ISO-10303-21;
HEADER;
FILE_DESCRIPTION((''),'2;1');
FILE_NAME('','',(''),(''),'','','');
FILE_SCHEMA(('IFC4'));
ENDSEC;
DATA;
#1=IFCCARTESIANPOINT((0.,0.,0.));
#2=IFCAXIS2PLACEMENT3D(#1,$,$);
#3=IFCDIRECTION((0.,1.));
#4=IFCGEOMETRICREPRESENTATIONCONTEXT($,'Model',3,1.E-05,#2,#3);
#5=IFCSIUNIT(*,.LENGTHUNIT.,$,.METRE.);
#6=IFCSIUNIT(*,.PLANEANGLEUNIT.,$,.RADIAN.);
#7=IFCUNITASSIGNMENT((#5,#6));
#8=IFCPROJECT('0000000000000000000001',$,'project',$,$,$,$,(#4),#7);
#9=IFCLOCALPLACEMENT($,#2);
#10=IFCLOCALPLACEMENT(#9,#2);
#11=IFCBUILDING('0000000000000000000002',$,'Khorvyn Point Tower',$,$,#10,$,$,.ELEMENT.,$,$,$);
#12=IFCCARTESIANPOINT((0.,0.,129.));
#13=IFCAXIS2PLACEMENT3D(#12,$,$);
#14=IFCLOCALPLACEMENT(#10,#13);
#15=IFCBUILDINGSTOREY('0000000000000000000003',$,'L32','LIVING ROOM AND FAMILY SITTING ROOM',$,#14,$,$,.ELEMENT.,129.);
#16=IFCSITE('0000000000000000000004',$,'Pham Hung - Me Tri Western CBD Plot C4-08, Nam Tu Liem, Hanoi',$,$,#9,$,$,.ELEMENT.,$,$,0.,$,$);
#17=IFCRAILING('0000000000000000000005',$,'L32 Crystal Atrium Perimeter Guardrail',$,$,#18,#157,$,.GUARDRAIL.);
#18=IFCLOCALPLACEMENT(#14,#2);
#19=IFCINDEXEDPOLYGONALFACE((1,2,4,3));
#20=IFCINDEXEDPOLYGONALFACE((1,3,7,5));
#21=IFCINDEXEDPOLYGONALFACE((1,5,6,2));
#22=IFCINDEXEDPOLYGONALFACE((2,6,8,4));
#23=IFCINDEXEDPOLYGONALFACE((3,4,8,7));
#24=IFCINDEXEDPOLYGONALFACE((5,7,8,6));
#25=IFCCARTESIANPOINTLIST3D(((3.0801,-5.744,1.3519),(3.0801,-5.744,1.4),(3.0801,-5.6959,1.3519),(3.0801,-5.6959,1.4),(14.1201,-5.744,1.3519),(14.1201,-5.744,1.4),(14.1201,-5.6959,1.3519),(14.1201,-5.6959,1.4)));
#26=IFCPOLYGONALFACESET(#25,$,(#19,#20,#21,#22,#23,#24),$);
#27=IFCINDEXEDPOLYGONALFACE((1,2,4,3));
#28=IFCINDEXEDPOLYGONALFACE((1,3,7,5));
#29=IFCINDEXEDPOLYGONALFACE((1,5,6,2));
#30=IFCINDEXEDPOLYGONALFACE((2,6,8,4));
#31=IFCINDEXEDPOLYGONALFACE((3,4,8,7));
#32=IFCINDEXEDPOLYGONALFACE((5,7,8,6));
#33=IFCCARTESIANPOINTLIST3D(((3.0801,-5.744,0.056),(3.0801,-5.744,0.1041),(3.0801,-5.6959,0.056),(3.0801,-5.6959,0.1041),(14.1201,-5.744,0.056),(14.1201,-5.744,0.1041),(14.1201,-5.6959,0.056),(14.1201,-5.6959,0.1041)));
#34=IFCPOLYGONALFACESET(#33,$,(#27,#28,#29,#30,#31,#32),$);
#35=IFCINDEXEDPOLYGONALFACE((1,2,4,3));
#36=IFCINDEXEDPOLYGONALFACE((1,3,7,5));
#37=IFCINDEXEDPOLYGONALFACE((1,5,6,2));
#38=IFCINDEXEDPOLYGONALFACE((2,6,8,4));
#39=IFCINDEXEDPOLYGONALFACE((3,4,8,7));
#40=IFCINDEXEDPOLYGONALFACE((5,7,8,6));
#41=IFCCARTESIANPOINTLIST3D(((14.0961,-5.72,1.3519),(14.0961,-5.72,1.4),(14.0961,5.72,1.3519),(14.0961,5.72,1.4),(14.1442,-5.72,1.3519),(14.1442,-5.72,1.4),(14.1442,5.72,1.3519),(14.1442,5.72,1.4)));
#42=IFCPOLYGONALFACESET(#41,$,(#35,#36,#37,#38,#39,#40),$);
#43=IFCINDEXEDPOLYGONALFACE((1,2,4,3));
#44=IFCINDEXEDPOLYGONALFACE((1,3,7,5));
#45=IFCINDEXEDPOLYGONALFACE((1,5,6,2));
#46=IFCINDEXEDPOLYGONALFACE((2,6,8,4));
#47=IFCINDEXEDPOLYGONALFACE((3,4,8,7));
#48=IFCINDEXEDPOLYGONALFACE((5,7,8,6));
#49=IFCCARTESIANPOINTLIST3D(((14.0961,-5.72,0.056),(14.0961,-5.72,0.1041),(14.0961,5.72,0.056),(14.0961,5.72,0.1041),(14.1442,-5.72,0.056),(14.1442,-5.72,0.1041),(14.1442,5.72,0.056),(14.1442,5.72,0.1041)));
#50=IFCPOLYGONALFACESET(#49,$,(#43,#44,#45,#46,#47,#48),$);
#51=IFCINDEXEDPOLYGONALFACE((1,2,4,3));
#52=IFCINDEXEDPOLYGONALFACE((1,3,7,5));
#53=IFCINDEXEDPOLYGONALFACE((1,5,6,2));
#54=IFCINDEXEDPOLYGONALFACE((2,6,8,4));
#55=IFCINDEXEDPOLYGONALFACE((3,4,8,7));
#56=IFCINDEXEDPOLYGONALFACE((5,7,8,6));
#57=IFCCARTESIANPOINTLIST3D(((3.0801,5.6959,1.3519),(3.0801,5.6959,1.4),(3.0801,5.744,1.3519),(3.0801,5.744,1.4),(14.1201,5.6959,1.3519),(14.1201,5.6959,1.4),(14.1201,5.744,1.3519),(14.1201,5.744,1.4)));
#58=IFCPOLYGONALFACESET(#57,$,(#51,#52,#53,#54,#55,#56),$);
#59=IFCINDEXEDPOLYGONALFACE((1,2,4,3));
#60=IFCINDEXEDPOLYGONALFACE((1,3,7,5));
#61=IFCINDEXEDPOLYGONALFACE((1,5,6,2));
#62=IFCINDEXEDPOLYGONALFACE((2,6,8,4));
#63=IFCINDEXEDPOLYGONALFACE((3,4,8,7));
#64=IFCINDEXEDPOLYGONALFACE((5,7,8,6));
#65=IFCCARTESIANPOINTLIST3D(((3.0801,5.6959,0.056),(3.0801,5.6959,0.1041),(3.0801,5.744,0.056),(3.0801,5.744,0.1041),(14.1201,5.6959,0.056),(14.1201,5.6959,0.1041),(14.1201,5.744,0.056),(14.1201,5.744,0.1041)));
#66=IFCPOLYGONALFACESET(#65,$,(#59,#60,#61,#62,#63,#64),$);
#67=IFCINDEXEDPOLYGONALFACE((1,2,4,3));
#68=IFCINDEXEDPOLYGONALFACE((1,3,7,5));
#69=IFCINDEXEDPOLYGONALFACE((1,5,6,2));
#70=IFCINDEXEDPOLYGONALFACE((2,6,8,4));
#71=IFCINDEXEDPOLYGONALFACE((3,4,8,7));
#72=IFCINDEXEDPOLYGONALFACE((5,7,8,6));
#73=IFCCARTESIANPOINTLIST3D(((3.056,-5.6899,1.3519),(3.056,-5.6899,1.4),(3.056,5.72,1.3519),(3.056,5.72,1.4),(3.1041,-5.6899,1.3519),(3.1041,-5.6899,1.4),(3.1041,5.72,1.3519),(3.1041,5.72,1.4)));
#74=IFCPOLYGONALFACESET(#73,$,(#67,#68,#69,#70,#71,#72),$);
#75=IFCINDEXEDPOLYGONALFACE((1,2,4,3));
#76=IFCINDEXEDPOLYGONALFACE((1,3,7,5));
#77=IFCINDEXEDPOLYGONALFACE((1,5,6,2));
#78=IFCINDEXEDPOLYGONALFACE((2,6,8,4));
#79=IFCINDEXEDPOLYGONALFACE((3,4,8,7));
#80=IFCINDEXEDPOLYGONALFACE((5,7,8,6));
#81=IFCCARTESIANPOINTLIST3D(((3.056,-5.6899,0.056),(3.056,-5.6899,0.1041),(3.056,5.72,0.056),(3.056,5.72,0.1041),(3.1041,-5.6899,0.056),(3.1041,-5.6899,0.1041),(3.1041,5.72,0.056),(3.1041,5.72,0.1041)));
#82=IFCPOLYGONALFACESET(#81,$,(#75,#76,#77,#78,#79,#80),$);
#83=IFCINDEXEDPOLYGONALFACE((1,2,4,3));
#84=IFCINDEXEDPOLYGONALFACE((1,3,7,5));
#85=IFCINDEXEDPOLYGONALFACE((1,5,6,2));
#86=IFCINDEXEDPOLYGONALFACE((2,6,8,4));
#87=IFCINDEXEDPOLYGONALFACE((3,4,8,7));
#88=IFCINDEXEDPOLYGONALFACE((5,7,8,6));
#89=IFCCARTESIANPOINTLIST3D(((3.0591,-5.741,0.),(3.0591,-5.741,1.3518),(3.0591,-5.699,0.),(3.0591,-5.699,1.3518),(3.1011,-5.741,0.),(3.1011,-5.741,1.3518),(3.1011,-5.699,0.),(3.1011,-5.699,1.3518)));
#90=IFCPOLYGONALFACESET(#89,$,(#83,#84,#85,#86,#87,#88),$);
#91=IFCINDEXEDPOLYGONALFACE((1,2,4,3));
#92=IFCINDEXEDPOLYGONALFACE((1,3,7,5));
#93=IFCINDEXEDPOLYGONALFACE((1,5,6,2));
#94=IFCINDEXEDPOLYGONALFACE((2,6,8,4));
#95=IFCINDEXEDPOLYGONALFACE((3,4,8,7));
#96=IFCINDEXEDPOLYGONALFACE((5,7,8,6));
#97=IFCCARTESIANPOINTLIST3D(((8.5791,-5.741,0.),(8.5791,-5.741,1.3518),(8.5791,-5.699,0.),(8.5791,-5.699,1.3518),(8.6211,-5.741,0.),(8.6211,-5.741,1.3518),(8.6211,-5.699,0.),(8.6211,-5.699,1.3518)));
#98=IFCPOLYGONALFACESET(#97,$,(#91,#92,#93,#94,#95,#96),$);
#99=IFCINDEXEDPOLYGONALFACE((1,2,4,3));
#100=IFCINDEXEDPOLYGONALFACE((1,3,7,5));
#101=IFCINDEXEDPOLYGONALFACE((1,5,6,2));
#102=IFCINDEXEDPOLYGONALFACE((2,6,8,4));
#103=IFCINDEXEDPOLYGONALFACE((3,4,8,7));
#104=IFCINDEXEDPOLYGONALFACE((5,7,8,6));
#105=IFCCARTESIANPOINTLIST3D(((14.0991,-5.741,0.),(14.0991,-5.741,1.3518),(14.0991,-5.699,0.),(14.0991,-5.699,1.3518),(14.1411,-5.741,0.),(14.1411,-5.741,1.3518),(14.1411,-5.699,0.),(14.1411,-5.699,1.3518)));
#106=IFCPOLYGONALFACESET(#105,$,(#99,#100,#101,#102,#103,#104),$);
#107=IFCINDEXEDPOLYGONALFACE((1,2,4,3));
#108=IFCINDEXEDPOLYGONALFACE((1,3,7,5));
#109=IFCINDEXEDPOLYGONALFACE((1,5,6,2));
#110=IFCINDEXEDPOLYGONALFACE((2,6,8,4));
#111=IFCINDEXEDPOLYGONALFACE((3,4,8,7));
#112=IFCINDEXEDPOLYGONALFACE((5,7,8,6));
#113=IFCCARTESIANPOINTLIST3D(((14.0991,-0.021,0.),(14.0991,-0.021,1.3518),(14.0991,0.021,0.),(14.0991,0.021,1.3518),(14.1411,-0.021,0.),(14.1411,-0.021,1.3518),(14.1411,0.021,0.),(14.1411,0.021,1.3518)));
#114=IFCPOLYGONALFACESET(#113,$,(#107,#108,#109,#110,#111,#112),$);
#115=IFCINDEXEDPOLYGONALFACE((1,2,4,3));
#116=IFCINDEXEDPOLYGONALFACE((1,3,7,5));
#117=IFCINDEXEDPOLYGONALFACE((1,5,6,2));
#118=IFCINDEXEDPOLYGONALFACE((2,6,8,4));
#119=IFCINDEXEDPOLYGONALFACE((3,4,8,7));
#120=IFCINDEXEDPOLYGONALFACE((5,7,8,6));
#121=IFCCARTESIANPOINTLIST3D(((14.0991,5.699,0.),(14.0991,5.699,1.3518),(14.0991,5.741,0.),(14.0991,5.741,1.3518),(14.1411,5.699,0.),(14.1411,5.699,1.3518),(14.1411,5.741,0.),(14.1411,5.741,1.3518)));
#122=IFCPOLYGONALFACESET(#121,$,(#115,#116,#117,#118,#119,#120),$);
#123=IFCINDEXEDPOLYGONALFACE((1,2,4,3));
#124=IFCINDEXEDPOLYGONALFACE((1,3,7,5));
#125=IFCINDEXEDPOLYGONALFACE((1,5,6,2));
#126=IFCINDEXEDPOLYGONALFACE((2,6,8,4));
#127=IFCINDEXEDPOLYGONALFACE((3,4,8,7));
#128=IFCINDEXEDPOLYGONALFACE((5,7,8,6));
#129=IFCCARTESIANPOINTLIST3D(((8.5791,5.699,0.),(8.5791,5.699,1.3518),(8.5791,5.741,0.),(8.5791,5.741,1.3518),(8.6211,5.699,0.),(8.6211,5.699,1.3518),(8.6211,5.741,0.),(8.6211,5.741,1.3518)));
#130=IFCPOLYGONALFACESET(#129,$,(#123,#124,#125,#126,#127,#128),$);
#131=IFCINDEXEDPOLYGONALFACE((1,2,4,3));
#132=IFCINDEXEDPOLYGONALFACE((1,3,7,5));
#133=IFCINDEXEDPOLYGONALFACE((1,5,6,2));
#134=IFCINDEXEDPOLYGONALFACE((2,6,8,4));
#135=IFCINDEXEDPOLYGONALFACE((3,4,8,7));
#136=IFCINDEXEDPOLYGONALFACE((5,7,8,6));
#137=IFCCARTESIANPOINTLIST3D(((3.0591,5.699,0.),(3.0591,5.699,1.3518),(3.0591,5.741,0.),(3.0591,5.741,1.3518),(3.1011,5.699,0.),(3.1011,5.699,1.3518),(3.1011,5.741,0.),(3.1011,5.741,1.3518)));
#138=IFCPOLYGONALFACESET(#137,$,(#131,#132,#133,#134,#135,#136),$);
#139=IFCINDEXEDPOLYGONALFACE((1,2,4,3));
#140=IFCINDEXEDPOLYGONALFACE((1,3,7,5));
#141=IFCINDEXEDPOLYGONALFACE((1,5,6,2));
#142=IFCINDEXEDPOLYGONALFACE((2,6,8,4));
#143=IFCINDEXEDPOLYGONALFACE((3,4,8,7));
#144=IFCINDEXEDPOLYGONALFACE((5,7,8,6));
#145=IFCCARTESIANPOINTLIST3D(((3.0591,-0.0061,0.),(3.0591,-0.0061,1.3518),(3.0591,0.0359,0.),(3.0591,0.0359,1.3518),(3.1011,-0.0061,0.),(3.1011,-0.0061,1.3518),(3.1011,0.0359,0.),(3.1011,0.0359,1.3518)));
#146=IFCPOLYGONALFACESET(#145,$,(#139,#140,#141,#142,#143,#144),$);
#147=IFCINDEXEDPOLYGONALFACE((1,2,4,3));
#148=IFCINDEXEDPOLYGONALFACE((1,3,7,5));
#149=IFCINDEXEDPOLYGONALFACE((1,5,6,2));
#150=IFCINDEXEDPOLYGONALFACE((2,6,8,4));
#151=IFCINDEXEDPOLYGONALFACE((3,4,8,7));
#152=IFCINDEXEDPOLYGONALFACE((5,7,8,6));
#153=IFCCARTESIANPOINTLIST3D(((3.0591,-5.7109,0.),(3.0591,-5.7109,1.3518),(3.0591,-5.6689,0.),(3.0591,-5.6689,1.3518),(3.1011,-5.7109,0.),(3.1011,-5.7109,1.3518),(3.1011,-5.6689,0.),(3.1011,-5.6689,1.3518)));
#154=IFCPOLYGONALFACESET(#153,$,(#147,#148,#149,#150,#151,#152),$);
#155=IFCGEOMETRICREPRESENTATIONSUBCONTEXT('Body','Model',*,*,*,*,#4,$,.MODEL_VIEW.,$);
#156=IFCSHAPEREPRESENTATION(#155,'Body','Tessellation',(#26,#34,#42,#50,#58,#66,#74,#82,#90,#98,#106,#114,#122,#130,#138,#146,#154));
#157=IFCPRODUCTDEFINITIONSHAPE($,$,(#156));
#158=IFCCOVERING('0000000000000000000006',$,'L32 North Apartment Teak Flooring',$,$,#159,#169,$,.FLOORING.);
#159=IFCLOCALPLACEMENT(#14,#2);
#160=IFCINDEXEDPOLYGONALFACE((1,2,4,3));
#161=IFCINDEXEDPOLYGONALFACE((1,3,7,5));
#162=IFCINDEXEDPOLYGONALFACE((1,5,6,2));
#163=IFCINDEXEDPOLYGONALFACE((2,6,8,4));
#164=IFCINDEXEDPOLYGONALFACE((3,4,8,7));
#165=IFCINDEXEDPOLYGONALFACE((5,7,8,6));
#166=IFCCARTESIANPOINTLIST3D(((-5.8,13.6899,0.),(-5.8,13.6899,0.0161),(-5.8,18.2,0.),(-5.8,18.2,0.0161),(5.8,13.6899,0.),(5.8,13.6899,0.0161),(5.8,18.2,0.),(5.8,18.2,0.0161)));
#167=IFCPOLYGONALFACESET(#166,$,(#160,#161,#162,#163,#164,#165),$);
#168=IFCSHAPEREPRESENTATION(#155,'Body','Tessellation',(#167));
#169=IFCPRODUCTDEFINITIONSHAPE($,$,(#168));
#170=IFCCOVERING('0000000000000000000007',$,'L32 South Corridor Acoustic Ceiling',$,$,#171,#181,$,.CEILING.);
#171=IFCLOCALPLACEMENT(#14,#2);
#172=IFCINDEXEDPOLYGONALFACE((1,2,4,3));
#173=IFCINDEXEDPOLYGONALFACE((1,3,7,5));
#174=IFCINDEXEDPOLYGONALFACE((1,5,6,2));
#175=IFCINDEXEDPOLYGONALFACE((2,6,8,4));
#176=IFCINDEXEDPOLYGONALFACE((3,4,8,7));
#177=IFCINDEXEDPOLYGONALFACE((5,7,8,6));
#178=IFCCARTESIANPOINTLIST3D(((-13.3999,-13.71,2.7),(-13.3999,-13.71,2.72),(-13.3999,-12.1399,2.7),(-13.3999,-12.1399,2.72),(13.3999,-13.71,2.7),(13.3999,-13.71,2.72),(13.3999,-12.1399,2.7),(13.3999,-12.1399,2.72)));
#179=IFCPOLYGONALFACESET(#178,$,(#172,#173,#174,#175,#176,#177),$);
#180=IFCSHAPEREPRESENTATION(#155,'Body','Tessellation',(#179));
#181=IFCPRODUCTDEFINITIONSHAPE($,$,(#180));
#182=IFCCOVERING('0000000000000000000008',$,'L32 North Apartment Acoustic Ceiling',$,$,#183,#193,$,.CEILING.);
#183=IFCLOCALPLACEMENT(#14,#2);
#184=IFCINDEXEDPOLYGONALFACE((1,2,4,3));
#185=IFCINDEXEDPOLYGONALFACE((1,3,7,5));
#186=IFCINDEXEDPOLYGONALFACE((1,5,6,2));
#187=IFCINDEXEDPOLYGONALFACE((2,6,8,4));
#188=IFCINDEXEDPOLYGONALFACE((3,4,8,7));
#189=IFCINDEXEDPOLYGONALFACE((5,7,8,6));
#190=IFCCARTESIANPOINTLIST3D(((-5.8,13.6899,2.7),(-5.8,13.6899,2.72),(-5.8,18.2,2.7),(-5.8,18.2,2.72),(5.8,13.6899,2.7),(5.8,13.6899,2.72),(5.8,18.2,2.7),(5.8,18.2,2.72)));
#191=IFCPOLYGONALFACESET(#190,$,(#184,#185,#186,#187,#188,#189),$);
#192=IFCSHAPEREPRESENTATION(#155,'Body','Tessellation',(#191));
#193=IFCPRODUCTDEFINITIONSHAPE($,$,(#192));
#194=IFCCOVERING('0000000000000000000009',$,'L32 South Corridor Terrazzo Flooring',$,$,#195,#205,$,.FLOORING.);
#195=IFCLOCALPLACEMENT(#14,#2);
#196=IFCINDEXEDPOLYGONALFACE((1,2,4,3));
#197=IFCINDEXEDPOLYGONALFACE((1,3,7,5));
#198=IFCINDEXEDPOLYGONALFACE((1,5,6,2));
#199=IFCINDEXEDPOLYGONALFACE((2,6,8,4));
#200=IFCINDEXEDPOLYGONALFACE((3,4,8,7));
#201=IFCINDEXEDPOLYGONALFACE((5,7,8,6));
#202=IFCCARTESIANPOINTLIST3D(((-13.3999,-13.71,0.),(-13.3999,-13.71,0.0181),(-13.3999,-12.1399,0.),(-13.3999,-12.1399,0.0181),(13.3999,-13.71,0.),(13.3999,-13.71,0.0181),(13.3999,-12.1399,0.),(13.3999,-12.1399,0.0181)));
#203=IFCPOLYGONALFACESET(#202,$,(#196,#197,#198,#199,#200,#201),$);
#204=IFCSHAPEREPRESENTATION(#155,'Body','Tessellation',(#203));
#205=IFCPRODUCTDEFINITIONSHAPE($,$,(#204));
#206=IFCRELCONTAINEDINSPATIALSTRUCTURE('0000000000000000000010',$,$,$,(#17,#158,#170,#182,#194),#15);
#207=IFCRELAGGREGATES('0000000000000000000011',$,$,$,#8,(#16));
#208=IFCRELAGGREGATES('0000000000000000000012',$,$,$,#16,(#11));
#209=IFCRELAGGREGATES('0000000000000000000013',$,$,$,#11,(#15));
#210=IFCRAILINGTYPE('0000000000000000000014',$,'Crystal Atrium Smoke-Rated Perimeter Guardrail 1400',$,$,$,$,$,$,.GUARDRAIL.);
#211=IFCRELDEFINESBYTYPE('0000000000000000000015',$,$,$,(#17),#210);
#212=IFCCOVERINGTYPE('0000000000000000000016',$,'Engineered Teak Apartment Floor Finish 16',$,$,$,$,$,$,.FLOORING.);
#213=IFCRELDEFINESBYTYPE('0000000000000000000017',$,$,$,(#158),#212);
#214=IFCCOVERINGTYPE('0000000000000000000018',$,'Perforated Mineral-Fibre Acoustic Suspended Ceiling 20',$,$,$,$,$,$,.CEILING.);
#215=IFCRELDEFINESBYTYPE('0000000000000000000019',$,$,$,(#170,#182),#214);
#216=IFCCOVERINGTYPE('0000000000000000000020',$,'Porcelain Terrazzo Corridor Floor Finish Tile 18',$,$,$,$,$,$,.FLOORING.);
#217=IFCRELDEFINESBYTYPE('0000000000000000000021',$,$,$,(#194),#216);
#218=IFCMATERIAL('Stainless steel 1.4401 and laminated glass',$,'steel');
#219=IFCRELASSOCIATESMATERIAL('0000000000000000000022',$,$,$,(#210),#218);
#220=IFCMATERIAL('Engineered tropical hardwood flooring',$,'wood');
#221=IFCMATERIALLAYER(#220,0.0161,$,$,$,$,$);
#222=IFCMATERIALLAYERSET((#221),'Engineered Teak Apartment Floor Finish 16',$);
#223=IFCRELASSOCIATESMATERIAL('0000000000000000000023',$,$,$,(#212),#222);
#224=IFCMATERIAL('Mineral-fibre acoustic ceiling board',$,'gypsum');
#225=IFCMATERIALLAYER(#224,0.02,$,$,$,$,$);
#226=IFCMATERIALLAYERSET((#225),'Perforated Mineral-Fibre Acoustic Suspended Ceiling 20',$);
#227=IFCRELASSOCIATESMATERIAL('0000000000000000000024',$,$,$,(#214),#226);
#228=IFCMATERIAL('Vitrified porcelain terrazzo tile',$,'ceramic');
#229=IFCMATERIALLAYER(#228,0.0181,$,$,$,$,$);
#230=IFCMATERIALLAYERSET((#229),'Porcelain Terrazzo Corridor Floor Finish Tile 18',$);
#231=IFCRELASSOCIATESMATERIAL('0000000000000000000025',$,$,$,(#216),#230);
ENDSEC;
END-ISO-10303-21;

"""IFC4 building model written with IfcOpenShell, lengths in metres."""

from ifc_helpers import new_model, si_unit, direction, frame, origin, origin_2d, place, context, subcontext, project, spatial, polyline, rectangle, outline, extrude, material, layer, layer_set, type_object, element, save


model = new_model("IFC4")

# Units and contexts
model_context = context("Model", 3, precision=1e-05, world=origin(), true_north=direction((0.0, 1.0)))
body_context = subcontext(model_context, "Body", "Model", "MODEL_VIEW")
ifc_project = project(units=[si_unit("LENGTHUNIT", "METRE"), si_unit("PLANEANGLEUNIT", "RADIAN")], contexts=[model_context])

# Site, building, storey
site_placement = place(None, origin())
site = spatial("IfcSite", under=ifc_project, at=site_placement, Name="Pham Hung - Me Tri Western CBD Plot C4-08, Nam Tu Liem, Hanoi", CompositionType="ELEMENT", RefElevation=0.0)
building_placement = place(site_placement, origin())
building = spatial("IfcBuilding", under=site, at=building_placement, Name="Khorvyn Point Tower", CompositionType="ELEMENT")
storey_placement = place(building_placement, frame((0.0, 0.0, 129.0)))
storey = spatial("IfcBuildingStorey", under=building, at=storey_placement, Name="L32", Description="LIVING ROOM AND FAMILY SITTING ROOM", CompositionType="ELEMENT", Elevation=129.0)

# Railing
ifc_material_1 = material(Name="Stainless steel 1.4401 and laminated glass", Category="steel")
railing_type_1 = type_object("IfcRailingType", Name="Crystal Atrium Smoke-Rated Perimeter Guardrail 1400", PredefinedType="GUARDRAIL", material=ifc_material_1)
railing_1_placement = place(storey_placement, frame((3.0801, -5.72, 0.0)))
element("IfcRailing", 1, at=railing_1_placement, inside=storey, type_object=railing_type_1, Name="L32 Crystal Atrium Perimeter Guardrail", PredefinedType="GUARDRAIL", context=body_context, shape_type="SweptSolid", body=[
    extrude(rectangle(XDim=0.0481, YDim=0.0481, at=origin_2d()), frame((0.0, 0.0, 1.376), z_axis=(1.0, 0.0, 0.0), x_axis=(0.0, 1.0, 0.0)), (0.0, 0.0, 1.0), 11.04),
    extrude(rectangle(XDim=0.0481, YDim=0.0481, at=origin_2d()), frame((0.0, 0.0, 0.0801), z_axis=(1.0, 0.0, 0.0), x_axis=(0.0, 1.0, 0.0)), (0.0, 0.0, 1.0), 11.04),
    extrude(rectangle(XDim=0.0481, YDim=0.0481, at=origin_2d()), frame((11.04, 0.0, 1.376), z_axis=(0.0, 1.0, 0.0), x_axis=(-1.0, 0.0, 0.0)), (0.0, 0.0, 1.0), 11.4399),
    extrude(rectangle(XDim=0.0481, YDim=0.0481, at=origin_2d()), frame((11.04, 0.0, 0.0801), z_axis=(0.0, 1.0, 0.0), x_axis=(-1.0, 0.0, 0.0)), (0.0, 0.0, 1.0), 11.4399),
    extrude(rectangle(XDim=0.0481, YDim=0.0481, at=origin_2d()), frame((11.04, 11.4399, 1.376), z_axis=(-1.0, 0.0, 0.0), x_axis=(0.0, -1.0, 0.0)), (0.0, 0.0, 1.0), 11.04),
    extrude(rectangle(XDim=0.0481, YDim=0.0481, at=origin_2d()), frame((11.04, 11.4399, 0.0801), z_axis=(-1.0, 0.0, 0.0), x_axis=(0.0, -1.0, 0.0)), (0.0, 0.0, 1.0), 11.04),
    extrude(rectangle(XDim=0.0481, YDim=0.0481, at=origin_2d()), frame((0.0, 11.4399, 1.376), z_axis=(0.0, -1.0, 0.0), x_axis=(1.0, 0.0, 0.0)), (0.0, 0.0, 1.0), 11.4099),
    extrude(rectangle(XDim=0.0481, YDim=0.0481, at=origin_2d()), frame((0.0, 11.4399, 0.0801), z_axis=(0.0, -1.0, 0.0), x_axis=(1.0, 0.0, 0.0)), (0.0, 0.0, 1.0), 11.4099),
    extrude(rectangle(XDim=0.042, YDim=0.042, at=origin_2d()), origin(), (0.0, 0.0, 1.0), 1.3518),
    extrude(rectangle(XDim=0.042, YDim=0.042, at=origin_2d()), frame((5.52, 0.0, 0.0)), (0.0, 0.0, 1.0), 1.3518),
    extrude(rectangle(XDim=0.042, YDim=0.042, at=origin_2d()), frame((11.04, 0.0, 0.0)), (0.0, 0.0, 1.0), 1.3518),
    extrude(rectangle(XDim=0.042, YDim=0.042, at=origin_2d()), frame((11.04, 5.72, 0.0)), (0.0, 0.0, 1.0), 1.3518),
    extrude(rectangle(XDim=0.042, YDim=0.042, at=origin_2d()), frame((11.04, 11.4399, 0.0)), (0.0, 0.0, 1.0), 1.3518),
    extrude(rectangle(XDim=0.042, YDim=0.042, at=origin_2d()), frame((5.52, 11.4399, 0.0)), (0.0, 0.0, 1.0), 1.3518),
    extrude(rectangle(XDim=0.042, YDim=0.042, at=origin_2d()), frame((0.0, 11.4399, 0.0)), (0.0, 0.0, 1.0), 1.3518),
    extrude(rectangle(XDim=0.042, YDim=0.042, at=origin_2d()), frame((0.0, 5.7349, 0.0)), (0.0, 0.0, 1.0), 1.3518),
    extrude(rectangle(XDim=0.042, YDim=0.042, at=origin_2d()), frame((0.0, 0.03, 0.0)), (0.0, 0.0, 1.0), 1.3518),
])

# Coverings
ifc_material_2 = material(Name="Engineered tropical hardwood flooring", Category="wood")
ifc_layer_1 = layer(ifc_material_2, 0.0161)
ifc_layer_set_1 = layer_set([ifc_layer_1], Name="Engineered Teak Apartment Floor Finish 16")
covering_type_1 = type_object("IfcCoveringType", Name="Engineered Teak Apartment Floor Finish 16", PredefinedType="FLOORING", material=ifc_layer_set_1)
covering_1_placement = place(storey_placement, origin())
element("IfcCovering", 2, at=covering_1_placement, inside=storey, type_object=covering_type_1, Name="L32 North Apartment Teak Flooring", PredefinedType="FLOORING", context=body_context, shape_type="SweptSolid", body=[
    extrude(outline(polyline([(-5.8, 13.6899), (5.8, 13.6899), (5.8, 18.2), (-5.8, 18.2), (-5.8, 13.6899)])), origin(), (0.0, 0.0, 1.0), 0.0161),
])
ifc_material_3 = material(Name="Mineral-fibre acoustic ceiling board", Category="gypsum")
ifc_layer_2 = layer(ifc_material_3, 0.02)
ifc_layer_set_2 = layer_set([ifc_layer_2], Name="Perforated Mineral-Fibre Acoustic Suspended Ceiling 20")
covering_type_2 = type_object("IfcCoveringType", Name="Perforated Mineral-Fibre Acoustic Suspended Ceiling 20", PredefinedType="CEILING", material=ifc_layer_set_2)
covering_2_placement = place(storey_placement, frame((0.0, 0.0, 2.7)))
element("IfcCovering", 3, at=covering_2_placement, inside=storey, type_object=covering_type_2, Name="L32 South Corridor Acoustic Ceiling", PredefinedType="CEILING", context=body_context, shape_type="SweptSolid", body=[
    extrude(outline(polyline([(-13.3999, -13.71), (13.3999, -13.71), (13.3999, -12.1399), (-13.3999, -12.1399), (-13.3999, -13.71)])), origin(), (0.0, 0.0, 1.0), 0.02),
])
covering_3_placement = place(storey_placement, frame((0.0, 0.0, 2.7)))
element("IfcCovering", 4, at=covering_3_placement, inside=storey, type_object=covering_type_2, Name="L32 North Apartment Acoustic Ceiling", PredefinedType="CEILING", context=body_context, shape_type="SweptSolid", body=[
    extrude(outline(polyline([(-5.8, 13.6899), (5.8, 13.6899), (5.8, 18.2), (-5.8, 18.2), (-5.8, 13.6899)])), origin(), (0.0, 0.0, 1.0), 0.02),
])
ifc_material_4 = material(Name="Vitrified porcelain terrazzo tile", Category="ceramic")
ifc_layer_3 = layer(ifc_material_4, 0.0181)
ifc_layer_set_3 = layer_set([ifc_layer_3], Name="Porcelain Terrazzo Corridor Floor Finish Tile 18")
covering_type_3 = type_object("IfcCoveringType", Name="Porcelain Terrazzo Corridor Floor Finish Tile 18", PredefinedType="FLOORING", material=ifc_layer_set_3)
covering_4_placement = place(storey_placement, origin())
element("IfcCovering", 5, at=covering_4_placement, inside=storey, type_object=covering_type_3, Name="L32 South Corridor Terrazzo Flooring", PredefinedType="FLOORING", context=body_context, shape_type="SweptSolid", body=[
    extrude(outline(polyline([(-13.3999, -13.71), (13.3999, -13.71), (13.3999, -12.1399), (-13.3999, -12.1399), (-13.3999, -13.71)])), origin(), (0.0, 0.0, 1.0), 0.0181),
])

save(model, "model.ifc")
